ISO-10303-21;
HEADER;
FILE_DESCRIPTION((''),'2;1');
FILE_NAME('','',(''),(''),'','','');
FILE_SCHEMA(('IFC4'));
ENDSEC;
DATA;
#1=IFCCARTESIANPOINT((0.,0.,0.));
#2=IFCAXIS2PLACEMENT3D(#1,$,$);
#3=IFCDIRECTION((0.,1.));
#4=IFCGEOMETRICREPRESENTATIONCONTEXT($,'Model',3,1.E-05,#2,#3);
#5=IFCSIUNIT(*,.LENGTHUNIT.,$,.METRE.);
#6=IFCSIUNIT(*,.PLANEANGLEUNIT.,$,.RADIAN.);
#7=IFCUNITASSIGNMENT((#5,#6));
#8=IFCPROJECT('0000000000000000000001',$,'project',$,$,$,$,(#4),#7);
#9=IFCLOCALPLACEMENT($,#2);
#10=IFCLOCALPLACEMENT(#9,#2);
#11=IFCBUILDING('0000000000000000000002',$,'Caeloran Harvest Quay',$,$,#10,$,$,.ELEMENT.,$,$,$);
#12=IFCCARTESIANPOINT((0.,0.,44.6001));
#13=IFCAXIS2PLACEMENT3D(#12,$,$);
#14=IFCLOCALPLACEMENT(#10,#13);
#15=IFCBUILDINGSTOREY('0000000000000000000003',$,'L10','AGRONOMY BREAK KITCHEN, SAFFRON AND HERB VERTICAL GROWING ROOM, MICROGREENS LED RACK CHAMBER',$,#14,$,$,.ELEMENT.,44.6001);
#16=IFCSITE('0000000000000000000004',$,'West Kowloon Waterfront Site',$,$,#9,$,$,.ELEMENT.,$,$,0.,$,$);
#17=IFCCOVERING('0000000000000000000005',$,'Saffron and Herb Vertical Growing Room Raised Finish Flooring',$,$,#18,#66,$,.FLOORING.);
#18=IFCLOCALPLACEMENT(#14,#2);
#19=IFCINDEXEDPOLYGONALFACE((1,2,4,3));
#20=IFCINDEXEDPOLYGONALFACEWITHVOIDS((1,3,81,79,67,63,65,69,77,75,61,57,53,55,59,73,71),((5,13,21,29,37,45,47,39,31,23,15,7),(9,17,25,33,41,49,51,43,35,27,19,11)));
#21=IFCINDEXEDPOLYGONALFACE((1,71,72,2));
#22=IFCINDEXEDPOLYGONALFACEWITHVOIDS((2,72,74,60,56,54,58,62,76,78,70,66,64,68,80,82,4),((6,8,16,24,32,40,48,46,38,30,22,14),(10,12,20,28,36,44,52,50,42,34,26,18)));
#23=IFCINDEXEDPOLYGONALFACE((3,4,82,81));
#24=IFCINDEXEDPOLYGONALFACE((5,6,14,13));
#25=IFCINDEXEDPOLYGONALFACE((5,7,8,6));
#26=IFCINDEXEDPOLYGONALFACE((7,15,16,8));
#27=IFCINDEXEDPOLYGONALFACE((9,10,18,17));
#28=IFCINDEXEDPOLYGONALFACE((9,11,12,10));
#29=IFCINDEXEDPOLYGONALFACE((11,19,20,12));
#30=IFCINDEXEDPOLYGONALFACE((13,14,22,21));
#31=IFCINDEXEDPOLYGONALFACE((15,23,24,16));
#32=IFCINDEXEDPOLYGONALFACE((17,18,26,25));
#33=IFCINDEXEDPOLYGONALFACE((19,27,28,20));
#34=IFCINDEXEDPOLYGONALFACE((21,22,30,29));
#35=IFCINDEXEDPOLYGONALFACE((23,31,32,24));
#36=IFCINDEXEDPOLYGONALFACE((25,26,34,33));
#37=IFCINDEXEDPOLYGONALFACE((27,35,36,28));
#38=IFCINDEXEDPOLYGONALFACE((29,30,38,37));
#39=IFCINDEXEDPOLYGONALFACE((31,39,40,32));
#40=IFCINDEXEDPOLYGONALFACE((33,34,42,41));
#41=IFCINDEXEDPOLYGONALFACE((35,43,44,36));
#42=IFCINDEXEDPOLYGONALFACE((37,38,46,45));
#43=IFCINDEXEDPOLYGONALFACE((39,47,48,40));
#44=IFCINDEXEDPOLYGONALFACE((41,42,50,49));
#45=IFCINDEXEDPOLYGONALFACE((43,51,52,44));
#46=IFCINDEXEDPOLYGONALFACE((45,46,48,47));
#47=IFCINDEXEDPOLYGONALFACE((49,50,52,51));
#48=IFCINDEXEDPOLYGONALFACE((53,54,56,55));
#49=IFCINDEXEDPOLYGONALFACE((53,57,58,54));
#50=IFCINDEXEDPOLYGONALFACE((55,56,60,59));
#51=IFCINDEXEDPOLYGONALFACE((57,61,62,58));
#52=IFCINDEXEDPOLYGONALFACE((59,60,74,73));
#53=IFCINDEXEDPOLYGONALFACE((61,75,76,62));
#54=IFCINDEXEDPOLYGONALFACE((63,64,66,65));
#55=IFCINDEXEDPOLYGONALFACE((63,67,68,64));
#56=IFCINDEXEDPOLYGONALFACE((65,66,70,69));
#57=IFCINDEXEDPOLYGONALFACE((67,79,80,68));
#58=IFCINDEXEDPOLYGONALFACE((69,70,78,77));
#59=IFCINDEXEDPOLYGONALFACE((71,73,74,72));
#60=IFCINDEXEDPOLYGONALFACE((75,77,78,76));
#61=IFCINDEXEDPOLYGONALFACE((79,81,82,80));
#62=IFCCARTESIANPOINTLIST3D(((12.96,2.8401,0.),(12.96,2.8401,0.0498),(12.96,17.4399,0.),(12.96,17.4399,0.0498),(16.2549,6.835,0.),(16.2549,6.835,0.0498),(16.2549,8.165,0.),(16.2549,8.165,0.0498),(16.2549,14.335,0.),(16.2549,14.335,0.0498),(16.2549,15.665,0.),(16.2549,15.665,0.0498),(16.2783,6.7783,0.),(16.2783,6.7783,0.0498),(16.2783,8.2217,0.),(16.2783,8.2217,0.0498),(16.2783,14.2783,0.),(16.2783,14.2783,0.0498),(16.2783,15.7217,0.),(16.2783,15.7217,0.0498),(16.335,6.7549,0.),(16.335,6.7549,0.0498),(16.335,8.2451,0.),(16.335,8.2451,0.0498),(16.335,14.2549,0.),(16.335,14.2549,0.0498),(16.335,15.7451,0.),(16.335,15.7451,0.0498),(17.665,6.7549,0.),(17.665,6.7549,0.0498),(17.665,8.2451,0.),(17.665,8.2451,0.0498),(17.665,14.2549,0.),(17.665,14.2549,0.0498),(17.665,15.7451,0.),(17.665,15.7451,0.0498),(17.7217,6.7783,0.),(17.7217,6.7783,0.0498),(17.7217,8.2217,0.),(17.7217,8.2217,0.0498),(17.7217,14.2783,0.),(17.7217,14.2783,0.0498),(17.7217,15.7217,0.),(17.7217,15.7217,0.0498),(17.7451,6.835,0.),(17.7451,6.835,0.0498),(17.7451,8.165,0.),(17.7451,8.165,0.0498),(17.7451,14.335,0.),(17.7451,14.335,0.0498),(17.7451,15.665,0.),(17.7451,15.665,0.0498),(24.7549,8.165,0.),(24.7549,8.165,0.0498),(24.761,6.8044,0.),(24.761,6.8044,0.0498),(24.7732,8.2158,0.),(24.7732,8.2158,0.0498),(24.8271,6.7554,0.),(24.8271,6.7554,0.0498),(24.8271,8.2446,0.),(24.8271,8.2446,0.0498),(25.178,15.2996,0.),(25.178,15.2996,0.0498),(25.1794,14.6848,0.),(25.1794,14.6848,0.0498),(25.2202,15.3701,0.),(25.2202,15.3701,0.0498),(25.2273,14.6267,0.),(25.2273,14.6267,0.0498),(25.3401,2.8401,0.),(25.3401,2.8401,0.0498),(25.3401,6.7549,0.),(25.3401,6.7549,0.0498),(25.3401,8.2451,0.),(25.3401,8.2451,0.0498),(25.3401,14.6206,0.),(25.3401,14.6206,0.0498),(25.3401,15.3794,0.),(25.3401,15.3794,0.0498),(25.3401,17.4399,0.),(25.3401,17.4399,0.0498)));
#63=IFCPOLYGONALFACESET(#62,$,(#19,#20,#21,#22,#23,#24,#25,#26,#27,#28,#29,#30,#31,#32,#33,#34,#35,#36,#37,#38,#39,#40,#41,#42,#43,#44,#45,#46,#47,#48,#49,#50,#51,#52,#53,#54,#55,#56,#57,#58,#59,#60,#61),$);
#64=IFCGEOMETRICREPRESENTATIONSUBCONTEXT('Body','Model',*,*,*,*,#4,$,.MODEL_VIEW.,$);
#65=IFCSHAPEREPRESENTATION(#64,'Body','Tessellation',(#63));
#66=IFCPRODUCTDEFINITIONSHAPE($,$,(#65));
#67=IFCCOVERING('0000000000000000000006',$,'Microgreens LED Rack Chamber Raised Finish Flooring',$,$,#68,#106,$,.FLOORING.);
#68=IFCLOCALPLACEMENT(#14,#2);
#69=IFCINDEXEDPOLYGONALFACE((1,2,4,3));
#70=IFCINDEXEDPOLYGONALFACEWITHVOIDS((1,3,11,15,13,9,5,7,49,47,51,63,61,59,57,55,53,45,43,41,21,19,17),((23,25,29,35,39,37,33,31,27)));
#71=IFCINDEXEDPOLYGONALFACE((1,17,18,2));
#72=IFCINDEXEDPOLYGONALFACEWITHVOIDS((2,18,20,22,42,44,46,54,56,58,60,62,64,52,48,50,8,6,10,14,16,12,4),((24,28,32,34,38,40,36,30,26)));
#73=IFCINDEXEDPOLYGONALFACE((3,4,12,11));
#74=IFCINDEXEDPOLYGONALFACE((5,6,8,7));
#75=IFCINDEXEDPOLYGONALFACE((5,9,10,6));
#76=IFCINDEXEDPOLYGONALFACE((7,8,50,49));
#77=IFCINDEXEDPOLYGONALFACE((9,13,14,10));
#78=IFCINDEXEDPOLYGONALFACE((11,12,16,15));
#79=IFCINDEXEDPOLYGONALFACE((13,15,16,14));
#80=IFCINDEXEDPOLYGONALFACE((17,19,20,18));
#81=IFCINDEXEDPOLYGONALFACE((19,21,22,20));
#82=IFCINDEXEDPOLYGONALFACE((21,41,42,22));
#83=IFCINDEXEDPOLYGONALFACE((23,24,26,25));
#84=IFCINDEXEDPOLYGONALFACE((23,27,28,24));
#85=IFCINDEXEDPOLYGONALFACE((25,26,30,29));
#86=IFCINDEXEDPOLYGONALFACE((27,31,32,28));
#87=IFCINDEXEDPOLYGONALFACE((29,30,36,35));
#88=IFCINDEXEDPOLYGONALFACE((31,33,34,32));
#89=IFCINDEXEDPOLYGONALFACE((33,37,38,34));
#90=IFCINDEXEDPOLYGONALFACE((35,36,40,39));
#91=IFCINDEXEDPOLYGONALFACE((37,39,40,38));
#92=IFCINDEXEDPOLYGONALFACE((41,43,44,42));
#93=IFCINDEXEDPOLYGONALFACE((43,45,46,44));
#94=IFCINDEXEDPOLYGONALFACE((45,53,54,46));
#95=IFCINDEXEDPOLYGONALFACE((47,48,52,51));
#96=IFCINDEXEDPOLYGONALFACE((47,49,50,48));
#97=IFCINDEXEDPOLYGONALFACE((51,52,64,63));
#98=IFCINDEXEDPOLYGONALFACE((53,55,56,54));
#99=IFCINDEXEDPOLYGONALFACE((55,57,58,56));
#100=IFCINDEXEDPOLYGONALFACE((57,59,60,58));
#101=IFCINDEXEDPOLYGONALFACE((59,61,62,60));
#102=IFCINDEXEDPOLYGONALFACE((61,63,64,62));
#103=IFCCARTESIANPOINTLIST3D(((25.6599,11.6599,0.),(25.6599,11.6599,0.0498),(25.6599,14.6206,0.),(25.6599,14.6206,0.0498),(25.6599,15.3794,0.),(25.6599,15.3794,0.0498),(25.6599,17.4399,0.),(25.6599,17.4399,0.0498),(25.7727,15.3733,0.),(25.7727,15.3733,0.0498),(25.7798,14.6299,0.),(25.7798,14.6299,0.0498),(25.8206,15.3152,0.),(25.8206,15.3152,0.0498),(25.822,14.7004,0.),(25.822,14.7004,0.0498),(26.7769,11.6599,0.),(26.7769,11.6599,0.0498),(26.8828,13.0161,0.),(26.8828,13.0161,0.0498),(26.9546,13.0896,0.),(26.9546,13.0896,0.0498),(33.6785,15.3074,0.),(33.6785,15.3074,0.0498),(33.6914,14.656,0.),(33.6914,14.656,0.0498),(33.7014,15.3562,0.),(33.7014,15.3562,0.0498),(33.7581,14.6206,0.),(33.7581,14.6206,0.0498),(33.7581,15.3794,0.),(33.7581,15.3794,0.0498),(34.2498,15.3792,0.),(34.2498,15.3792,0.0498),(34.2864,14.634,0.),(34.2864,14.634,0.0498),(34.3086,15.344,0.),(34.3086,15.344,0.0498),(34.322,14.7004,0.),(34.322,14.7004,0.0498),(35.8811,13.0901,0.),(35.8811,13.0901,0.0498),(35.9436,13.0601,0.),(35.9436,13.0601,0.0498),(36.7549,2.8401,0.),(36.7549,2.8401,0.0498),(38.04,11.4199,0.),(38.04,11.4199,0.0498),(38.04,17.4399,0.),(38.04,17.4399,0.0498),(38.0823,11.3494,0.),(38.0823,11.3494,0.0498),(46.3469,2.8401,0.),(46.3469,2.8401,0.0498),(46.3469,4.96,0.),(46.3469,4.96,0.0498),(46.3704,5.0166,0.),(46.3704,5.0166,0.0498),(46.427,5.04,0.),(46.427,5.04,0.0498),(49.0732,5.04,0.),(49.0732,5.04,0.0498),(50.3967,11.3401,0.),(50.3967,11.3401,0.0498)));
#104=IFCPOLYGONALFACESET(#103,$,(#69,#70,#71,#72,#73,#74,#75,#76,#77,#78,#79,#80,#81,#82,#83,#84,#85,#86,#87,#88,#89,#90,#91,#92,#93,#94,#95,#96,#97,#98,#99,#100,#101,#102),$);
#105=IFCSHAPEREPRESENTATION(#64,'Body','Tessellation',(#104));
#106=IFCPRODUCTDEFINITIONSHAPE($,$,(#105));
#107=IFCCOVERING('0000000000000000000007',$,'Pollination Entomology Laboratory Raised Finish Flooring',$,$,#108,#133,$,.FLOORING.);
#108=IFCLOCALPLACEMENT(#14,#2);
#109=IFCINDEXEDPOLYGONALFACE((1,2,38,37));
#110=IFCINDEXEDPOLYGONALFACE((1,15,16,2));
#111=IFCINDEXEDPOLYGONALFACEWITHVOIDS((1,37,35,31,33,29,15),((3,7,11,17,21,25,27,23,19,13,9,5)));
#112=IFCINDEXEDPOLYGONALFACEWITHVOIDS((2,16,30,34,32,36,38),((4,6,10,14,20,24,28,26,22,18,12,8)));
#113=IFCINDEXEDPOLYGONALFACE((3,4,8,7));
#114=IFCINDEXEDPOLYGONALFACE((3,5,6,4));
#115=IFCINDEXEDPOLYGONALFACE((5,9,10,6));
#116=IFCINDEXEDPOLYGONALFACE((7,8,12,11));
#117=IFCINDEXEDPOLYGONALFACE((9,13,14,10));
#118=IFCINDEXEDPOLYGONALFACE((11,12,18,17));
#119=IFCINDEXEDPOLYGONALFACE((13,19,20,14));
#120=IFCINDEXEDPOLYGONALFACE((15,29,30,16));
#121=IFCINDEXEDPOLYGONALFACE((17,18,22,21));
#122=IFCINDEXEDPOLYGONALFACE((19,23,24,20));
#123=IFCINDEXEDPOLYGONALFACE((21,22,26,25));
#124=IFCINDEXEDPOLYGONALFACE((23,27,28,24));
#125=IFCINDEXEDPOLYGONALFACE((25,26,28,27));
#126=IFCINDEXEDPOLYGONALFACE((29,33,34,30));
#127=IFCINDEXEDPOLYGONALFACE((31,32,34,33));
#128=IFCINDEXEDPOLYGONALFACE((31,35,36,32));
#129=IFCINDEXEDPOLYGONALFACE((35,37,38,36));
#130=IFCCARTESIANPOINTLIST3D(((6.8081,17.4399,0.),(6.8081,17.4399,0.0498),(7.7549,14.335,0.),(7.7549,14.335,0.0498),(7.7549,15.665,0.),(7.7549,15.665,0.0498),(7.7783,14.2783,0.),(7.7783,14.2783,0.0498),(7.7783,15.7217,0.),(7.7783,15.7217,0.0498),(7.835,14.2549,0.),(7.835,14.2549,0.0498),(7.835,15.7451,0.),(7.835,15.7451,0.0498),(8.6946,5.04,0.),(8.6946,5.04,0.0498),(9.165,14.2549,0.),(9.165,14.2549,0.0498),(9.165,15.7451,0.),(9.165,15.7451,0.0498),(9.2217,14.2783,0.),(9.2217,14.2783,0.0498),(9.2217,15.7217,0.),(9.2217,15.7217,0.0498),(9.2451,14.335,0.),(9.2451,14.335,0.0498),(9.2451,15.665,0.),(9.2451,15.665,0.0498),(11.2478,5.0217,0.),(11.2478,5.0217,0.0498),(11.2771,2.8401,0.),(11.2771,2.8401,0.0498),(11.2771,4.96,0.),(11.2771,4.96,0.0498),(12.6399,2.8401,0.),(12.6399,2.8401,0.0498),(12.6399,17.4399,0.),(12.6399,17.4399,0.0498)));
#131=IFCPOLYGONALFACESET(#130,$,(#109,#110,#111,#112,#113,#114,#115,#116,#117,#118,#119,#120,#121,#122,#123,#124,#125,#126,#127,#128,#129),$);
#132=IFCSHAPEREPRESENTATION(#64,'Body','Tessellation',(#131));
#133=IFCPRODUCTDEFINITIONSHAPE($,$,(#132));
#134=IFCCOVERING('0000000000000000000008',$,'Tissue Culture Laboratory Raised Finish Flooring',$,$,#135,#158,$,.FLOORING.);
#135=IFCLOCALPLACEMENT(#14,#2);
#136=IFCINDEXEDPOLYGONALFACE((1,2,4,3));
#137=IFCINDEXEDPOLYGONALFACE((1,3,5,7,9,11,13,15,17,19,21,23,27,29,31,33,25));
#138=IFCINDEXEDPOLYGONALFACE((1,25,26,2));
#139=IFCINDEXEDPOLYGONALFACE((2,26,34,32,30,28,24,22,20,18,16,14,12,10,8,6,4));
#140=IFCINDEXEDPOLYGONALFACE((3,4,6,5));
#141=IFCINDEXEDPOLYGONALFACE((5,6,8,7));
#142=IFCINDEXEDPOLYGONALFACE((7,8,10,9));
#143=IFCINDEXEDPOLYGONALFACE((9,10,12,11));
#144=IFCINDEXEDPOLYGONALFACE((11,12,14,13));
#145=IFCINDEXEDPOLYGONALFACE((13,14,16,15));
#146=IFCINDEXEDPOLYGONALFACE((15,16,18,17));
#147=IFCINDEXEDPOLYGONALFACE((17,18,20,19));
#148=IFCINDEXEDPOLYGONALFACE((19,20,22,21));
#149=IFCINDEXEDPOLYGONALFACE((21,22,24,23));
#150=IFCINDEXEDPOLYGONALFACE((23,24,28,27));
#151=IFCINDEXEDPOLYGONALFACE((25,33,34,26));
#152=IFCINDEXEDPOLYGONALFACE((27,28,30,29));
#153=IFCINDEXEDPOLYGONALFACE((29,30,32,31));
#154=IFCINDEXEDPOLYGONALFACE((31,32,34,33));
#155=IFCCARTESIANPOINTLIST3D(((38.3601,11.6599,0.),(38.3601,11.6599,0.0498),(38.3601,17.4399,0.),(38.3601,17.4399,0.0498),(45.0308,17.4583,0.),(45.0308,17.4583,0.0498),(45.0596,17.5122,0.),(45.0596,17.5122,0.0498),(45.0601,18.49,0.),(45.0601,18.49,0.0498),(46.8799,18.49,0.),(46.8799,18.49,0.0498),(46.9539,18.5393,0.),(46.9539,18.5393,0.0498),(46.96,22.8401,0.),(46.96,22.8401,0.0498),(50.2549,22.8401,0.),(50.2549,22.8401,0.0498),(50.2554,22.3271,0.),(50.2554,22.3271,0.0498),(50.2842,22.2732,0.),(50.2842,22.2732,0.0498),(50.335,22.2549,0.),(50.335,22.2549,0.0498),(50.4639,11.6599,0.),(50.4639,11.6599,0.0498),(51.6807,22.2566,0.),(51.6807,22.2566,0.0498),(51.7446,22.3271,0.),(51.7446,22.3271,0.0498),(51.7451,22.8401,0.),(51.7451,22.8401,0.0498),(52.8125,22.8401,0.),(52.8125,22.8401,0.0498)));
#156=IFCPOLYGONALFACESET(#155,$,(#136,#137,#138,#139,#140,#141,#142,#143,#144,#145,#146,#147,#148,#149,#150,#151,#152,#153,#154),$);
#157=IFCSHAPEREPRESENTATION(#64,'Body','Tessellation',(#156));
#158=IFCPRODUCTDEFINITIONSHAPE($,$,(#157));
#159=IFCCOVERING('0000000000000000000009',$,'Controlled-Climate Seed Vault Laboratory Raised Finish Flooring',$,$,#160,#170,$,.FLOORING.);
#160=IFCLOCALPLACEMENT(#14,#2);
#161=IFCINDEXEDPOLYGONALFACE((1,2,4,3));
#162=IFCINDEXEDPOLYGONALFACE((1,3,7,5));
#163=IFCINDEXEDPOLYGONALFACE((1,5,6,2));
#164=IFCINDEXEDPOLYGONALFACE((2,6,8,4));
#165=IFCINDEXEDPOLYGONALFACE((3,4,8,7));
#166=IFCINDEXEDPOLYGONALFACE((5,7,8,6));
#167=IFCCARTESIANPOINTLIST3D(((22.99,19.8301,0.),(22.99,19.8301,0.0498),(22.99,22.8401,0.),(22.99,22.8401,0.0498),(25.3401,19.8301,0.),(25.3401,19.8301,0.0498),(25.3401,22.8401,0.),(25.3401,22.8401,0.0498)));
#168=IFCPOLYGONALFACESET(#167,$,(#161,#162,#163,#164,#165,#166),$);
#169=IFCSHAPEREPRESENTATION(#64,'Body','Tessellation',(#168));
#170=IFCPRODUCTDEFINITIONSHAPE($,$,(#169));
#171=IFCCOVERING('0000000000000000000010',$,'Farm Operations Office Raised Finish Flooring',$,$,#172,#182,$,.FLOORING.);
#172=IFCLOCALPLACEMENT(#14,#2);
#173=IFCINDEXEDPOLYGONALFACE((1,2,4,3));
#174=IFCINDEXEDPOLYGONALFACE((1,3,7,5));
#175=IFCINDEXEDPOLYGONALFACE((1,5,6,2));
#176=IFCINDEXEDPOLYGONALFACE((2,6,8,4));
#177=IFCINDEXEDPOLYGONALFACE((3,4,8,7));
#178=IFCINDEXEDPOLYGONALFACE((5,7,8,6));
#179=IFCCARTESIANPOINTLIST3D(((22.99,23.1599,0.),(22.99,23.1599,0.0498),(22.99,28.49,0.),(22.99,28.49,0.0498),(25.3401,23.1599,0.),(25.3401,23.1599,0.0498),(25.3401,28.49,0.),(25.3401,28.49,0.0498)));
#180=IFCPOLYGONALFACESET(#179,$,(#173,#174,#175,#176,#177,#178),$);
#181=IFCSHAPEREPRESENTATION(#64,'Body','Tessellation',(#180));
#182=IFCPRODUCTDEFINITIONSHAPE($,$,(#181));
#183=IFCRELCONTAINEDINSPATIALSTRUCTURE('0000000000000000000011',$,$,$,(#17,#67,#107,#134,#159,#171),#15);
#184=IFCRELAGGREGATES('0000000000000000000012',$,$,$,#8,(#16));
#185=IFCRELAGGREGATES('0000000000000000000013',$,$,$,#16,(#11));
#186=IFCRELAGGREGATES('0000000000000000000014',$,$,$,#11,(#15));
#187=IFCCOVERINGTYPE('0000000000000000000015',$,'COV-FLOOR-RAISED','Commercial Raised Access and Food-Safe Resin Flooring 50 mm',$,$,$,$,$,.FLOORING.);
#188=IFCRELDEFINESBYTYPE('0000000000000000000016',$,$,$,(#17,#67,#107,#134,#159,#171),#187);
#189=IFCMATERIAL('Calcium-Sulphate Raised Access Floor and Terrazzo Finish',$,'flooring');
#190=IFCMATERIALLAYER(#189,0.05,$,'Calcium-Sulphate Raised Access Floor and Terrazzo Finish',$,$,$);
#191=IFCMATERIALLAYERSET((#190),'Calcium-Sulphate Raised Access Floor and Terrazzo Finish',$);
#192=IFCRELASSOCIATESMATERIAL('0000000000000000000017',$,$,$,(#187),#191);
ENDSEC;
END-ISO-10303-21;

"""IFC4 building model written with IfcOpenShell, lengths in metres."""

from ifc_helpers import new_model, si_unit, direction, frame, origin, place, context, subcontext, project, spatial, polyline, outline, extrude, material, layer, layer_set, type_object, element, save


model = new_model("IFC4")

# Units and contexts
model_context = context("Model", 3, precision=1e-05, world=origin(), true_north=direction((0.0, 1.0)))
body_context = subcontext(model_context, "Body", "Model", "MODEL_VIEW")
ifc_project = project(units=[si_unit("LENGTHUNIT", "METRE"), si_unit("PLANEANGLEUNIT", "RADIAN")], contexts=[model_context])

# Site, building, storey
site_placement = place(None, origin())
site = spatial("IfcSite", under=ifc_project, at=site_placement, Name="West Kowloon Waterfront Site", CompositionType="ELEMENT", RefElevation=0.0)
building_placement = place(site_placement, origin())
building = spatial("IfcBuilding", under=site, at=building_placement, Name="Caeloran Harvest Quay", CompositionType="ELEMENT")
storey_placement = place(building_placement, frame((0.0, 0.0, 44.6001)))
storey = spatial("IfcBuildingStorey", under=building, at=storey_placement, Name="L10", Description="AGRONOMY BREAK KITCHEN, SAFFRON AND HERB VERTICAL GROWING ROOM, MICROGREENS LED RACK CHAMBER", CompositionType="ELEMENT", Elevation=44.6001)

# Coverings
ifc_material_1 = material(Name="Calcium-Sulphate Raised Access Floor and Terrazzo Finish", Category="flooring")
ifc_layer_1 = layer(ifc_material_1, 0.05, Name="Calcium-Sulphate Raised Access Floor and Terrazzo Finish")
ifc_layer_set_1 = layer_set([ifc_layer_1], Name="Calcium-Sulphate Raised Access Floor and Terrazzo Finish")
covering_type_1 = type_object("IfcCoveringType", Name="COV-FLOOR-RAISED", Description="Commercial Raised Access and Food-Safe Resin Flooring 50 mm", PredefinedType="FLOORING", material=ifc_layer_set_1)
covering_1_placement = place(storey_placement, origin())
element("IfcCovering", 1, at=covering_1_placement, inside=storey, type_object=covering_type_1, Name="Saffron and Herb Vertical Growing Room Raised Finish Flooring", PredefinedType="FLOORING", context=body_context, shape_type="SweptSolid", body=[
    extrude(outline(polyline([(25.3401, 17.4399), (25.3401, 15.3794), (25.2202, 15.3701), (25.178, 15.2996), (25.1794, 14.6848), (25.2273, 14.6267), (25.3401, 14.6206), (25.3401, 8.2451), (24.8271, 8.2446), (24.7732, 8.2158), (24.7549, 8.165), (24.761, 6.8044), (24.8271, 6.7554), (25.3401, 6.7549), (25.3401, 2.8401), (12.96, 2.8401), (12.96, 17.4399), (25.3401, 17.4399)]), holes=[polyline([(16.335, 8.2451), (16.2783, 8.2217), (16.2549, 8.165), (16.2549, 6.835), (16.2783, 6.7783), (16.335, 6.7549), (17.665, 6.7549), (17.7217, 6.7783), (17.7451, 6.835), (17.7451, 8.165), (17.7217, 8.2217), (17.665, 8.2451), (16.335, 8.2451)]), polyline([(17.7451, 15.665), (17.7217, 15.7217), (17.665, 15.7451), (16.335, 15.7451), (16.2783, 15.7217), (16.2549, 15.665), (16.2549, 14.335), (16.2783, 14.2783), (16.335, 14.2549), (17.665, 14.2549), (17.7217, 14.2783), (17.7451, 14.335), (17.7451, 15.665)])]), origin(), (0.0, 0.0, 1.0), 0.0498),
])
covering_2_placement = place(storey_placement, origin())
element("IfcCovering", 2, at=covering_2_placement, inside=storey, type_object=covering_type_1, Name="Microgreens LED Rack Chamber Raised Finish Flooring", PredefinedType="FLOORING", context=body_context, shape_type="SweptSolid", body=[
    extrude(outline(polyline([(46.427, 5.04), (46.3704, 5.0166), (46.3469, 4.96), (46.3469, 2.8401), (36.7549, 2.8401), (35.9436, 13.0601), (35.8811, 13.0901), (26.9546, 13.0896), (26.8828, 13.0161), (26.7769, 11.6599), (25.6599, 11.6599), (25.6599, 14.6206), (25.7798, 14.6299), (25.822, 14.7004), (25.8206, 15.3152), (25.7727, 15.3733), (25.6599, 15.3794), (25.6599, 17.4399), (38.04, 17.4399), (38.04, 11.4199), (38.0823, 11.3494), (50.3967, 11.3401), (49.0732, 5.04), (46.427, 5.04)]), holes=[polyline([(33.7581, 15.3794), (33.7014, 15.3562), (33.6785, 15.3074), (33.6914, 14.656), (33.7581, 14.6206), (34.2864, 14.634), (34.322, 14.7004), (34.3086, 15.344), (34.2498, 15.3792), (33.7581, 15.3794)])]), origin(), (0.0, 0.0, 1.0), 0.0498),
])
covering_3_placement = place(storey_placement, origin())
element("IfcCovering", 3, at=covering_3_placement, inside=storey, type_object=covering_type_1, Name="Pollination Entomology Laboratory Raised Finish Flooring", PredefinedType="FLOORING", context=body_context, shape_type="SweptSolid", body=[
    extrude(outline(polyline([(12.6399, 17.4399), (12.6399, 2.8401), (11.2771, 2.8401), (11.2771, 4.96), (11.2478, 5.0217), (8.6946, 5.04), (6.8081, 17.4399), (12.6399, 17.4399)]), holes=[polyline([(9.2451, 15.665), (9.2217, 15.7217), (9.165, 15.7451), (7.835, 15.7451), (7.7783, 15.7217), (7.7549, 15.665), (7.7549, 14.335), (7.7783, 14.2783), (7.835, 14.2549), (9.165, 14.2549), (9.2217, 14.2783), (9.2451, 14.335), (9.2451, 15.665)])]), origin(), (0.0, 0.0, 1.0), 0.0498),
])
covering_4_placement = place(storey_placement, origin())
element("IfcCovering", 4, at=covering_4_placement, inside=storey, type_object=covering_type_1, Name="Tissue Culture Laboratory Raised Finish Flooring", PredefinedType="FLOORING", context=body_context, shape_type="SweptSolid", body=[
    extrude(outline(polyline([(38.3601, 17.4399), (45.0308, 17.4583), (45.0596, 17.5122), (45.0601, 18.49), (46.8799, 18.49), (46.9539, 18.5393), (46.96, 22.8401), (50.2549, 22.8401), (50.2554, 22.3271), (50.2842, 22.2732), (50.335, 22.2549), (51.6807, 22.2566), (51.7446, 22.3271), (51.7451, 22.8401), (52.8125, 22.8401), (50.4639, 11.6599), (38.3601, 11.6599), (38.3601, 17.4399)])), origin(), (0.0, 0.0, 1.0), 0.0498),
])
covering_5_placement = place(storey_placement, origin())
element("IfcCovering", 5, at=covering_5_placement, inside=storey, type_object=covering_type_1, Name="Controlled-Climate Seed Vault Laboratory Raised Finish Flooring", PredefinedType="FLOORING", context=body_context, shape_type="SweptSolid", body=[
    extrude(outline(polyline([(25.3401, 19.8301), (22.99, 19.8301), (22.99, 22.8401), (25.3401, 22.8401), (25.3401, 19.8301)])), origin(), (0.0, 0.0, 1.0), 0.0498),
])
covering_6_placement = place(storey_placement, origin())
element("IfcCovering", 6, at=covering_6_placement, inside=storey, type_object=covering_type_1, Name="Farm Operations Office Raised Finish Flooring", PredefinedType="FLOORING", context=body_context, shape_type="SweptSolid", body=[
    extrude(outline(polyline([(22.99, 28.49), (25.3401, 28.49), (25.3401, 23.1599), (22.99, 23.1599), (22.99, 28.49)])), origin(), (0.0, 0.0, 1.0), 0.0498),
])

save(model, "model.ifc")
